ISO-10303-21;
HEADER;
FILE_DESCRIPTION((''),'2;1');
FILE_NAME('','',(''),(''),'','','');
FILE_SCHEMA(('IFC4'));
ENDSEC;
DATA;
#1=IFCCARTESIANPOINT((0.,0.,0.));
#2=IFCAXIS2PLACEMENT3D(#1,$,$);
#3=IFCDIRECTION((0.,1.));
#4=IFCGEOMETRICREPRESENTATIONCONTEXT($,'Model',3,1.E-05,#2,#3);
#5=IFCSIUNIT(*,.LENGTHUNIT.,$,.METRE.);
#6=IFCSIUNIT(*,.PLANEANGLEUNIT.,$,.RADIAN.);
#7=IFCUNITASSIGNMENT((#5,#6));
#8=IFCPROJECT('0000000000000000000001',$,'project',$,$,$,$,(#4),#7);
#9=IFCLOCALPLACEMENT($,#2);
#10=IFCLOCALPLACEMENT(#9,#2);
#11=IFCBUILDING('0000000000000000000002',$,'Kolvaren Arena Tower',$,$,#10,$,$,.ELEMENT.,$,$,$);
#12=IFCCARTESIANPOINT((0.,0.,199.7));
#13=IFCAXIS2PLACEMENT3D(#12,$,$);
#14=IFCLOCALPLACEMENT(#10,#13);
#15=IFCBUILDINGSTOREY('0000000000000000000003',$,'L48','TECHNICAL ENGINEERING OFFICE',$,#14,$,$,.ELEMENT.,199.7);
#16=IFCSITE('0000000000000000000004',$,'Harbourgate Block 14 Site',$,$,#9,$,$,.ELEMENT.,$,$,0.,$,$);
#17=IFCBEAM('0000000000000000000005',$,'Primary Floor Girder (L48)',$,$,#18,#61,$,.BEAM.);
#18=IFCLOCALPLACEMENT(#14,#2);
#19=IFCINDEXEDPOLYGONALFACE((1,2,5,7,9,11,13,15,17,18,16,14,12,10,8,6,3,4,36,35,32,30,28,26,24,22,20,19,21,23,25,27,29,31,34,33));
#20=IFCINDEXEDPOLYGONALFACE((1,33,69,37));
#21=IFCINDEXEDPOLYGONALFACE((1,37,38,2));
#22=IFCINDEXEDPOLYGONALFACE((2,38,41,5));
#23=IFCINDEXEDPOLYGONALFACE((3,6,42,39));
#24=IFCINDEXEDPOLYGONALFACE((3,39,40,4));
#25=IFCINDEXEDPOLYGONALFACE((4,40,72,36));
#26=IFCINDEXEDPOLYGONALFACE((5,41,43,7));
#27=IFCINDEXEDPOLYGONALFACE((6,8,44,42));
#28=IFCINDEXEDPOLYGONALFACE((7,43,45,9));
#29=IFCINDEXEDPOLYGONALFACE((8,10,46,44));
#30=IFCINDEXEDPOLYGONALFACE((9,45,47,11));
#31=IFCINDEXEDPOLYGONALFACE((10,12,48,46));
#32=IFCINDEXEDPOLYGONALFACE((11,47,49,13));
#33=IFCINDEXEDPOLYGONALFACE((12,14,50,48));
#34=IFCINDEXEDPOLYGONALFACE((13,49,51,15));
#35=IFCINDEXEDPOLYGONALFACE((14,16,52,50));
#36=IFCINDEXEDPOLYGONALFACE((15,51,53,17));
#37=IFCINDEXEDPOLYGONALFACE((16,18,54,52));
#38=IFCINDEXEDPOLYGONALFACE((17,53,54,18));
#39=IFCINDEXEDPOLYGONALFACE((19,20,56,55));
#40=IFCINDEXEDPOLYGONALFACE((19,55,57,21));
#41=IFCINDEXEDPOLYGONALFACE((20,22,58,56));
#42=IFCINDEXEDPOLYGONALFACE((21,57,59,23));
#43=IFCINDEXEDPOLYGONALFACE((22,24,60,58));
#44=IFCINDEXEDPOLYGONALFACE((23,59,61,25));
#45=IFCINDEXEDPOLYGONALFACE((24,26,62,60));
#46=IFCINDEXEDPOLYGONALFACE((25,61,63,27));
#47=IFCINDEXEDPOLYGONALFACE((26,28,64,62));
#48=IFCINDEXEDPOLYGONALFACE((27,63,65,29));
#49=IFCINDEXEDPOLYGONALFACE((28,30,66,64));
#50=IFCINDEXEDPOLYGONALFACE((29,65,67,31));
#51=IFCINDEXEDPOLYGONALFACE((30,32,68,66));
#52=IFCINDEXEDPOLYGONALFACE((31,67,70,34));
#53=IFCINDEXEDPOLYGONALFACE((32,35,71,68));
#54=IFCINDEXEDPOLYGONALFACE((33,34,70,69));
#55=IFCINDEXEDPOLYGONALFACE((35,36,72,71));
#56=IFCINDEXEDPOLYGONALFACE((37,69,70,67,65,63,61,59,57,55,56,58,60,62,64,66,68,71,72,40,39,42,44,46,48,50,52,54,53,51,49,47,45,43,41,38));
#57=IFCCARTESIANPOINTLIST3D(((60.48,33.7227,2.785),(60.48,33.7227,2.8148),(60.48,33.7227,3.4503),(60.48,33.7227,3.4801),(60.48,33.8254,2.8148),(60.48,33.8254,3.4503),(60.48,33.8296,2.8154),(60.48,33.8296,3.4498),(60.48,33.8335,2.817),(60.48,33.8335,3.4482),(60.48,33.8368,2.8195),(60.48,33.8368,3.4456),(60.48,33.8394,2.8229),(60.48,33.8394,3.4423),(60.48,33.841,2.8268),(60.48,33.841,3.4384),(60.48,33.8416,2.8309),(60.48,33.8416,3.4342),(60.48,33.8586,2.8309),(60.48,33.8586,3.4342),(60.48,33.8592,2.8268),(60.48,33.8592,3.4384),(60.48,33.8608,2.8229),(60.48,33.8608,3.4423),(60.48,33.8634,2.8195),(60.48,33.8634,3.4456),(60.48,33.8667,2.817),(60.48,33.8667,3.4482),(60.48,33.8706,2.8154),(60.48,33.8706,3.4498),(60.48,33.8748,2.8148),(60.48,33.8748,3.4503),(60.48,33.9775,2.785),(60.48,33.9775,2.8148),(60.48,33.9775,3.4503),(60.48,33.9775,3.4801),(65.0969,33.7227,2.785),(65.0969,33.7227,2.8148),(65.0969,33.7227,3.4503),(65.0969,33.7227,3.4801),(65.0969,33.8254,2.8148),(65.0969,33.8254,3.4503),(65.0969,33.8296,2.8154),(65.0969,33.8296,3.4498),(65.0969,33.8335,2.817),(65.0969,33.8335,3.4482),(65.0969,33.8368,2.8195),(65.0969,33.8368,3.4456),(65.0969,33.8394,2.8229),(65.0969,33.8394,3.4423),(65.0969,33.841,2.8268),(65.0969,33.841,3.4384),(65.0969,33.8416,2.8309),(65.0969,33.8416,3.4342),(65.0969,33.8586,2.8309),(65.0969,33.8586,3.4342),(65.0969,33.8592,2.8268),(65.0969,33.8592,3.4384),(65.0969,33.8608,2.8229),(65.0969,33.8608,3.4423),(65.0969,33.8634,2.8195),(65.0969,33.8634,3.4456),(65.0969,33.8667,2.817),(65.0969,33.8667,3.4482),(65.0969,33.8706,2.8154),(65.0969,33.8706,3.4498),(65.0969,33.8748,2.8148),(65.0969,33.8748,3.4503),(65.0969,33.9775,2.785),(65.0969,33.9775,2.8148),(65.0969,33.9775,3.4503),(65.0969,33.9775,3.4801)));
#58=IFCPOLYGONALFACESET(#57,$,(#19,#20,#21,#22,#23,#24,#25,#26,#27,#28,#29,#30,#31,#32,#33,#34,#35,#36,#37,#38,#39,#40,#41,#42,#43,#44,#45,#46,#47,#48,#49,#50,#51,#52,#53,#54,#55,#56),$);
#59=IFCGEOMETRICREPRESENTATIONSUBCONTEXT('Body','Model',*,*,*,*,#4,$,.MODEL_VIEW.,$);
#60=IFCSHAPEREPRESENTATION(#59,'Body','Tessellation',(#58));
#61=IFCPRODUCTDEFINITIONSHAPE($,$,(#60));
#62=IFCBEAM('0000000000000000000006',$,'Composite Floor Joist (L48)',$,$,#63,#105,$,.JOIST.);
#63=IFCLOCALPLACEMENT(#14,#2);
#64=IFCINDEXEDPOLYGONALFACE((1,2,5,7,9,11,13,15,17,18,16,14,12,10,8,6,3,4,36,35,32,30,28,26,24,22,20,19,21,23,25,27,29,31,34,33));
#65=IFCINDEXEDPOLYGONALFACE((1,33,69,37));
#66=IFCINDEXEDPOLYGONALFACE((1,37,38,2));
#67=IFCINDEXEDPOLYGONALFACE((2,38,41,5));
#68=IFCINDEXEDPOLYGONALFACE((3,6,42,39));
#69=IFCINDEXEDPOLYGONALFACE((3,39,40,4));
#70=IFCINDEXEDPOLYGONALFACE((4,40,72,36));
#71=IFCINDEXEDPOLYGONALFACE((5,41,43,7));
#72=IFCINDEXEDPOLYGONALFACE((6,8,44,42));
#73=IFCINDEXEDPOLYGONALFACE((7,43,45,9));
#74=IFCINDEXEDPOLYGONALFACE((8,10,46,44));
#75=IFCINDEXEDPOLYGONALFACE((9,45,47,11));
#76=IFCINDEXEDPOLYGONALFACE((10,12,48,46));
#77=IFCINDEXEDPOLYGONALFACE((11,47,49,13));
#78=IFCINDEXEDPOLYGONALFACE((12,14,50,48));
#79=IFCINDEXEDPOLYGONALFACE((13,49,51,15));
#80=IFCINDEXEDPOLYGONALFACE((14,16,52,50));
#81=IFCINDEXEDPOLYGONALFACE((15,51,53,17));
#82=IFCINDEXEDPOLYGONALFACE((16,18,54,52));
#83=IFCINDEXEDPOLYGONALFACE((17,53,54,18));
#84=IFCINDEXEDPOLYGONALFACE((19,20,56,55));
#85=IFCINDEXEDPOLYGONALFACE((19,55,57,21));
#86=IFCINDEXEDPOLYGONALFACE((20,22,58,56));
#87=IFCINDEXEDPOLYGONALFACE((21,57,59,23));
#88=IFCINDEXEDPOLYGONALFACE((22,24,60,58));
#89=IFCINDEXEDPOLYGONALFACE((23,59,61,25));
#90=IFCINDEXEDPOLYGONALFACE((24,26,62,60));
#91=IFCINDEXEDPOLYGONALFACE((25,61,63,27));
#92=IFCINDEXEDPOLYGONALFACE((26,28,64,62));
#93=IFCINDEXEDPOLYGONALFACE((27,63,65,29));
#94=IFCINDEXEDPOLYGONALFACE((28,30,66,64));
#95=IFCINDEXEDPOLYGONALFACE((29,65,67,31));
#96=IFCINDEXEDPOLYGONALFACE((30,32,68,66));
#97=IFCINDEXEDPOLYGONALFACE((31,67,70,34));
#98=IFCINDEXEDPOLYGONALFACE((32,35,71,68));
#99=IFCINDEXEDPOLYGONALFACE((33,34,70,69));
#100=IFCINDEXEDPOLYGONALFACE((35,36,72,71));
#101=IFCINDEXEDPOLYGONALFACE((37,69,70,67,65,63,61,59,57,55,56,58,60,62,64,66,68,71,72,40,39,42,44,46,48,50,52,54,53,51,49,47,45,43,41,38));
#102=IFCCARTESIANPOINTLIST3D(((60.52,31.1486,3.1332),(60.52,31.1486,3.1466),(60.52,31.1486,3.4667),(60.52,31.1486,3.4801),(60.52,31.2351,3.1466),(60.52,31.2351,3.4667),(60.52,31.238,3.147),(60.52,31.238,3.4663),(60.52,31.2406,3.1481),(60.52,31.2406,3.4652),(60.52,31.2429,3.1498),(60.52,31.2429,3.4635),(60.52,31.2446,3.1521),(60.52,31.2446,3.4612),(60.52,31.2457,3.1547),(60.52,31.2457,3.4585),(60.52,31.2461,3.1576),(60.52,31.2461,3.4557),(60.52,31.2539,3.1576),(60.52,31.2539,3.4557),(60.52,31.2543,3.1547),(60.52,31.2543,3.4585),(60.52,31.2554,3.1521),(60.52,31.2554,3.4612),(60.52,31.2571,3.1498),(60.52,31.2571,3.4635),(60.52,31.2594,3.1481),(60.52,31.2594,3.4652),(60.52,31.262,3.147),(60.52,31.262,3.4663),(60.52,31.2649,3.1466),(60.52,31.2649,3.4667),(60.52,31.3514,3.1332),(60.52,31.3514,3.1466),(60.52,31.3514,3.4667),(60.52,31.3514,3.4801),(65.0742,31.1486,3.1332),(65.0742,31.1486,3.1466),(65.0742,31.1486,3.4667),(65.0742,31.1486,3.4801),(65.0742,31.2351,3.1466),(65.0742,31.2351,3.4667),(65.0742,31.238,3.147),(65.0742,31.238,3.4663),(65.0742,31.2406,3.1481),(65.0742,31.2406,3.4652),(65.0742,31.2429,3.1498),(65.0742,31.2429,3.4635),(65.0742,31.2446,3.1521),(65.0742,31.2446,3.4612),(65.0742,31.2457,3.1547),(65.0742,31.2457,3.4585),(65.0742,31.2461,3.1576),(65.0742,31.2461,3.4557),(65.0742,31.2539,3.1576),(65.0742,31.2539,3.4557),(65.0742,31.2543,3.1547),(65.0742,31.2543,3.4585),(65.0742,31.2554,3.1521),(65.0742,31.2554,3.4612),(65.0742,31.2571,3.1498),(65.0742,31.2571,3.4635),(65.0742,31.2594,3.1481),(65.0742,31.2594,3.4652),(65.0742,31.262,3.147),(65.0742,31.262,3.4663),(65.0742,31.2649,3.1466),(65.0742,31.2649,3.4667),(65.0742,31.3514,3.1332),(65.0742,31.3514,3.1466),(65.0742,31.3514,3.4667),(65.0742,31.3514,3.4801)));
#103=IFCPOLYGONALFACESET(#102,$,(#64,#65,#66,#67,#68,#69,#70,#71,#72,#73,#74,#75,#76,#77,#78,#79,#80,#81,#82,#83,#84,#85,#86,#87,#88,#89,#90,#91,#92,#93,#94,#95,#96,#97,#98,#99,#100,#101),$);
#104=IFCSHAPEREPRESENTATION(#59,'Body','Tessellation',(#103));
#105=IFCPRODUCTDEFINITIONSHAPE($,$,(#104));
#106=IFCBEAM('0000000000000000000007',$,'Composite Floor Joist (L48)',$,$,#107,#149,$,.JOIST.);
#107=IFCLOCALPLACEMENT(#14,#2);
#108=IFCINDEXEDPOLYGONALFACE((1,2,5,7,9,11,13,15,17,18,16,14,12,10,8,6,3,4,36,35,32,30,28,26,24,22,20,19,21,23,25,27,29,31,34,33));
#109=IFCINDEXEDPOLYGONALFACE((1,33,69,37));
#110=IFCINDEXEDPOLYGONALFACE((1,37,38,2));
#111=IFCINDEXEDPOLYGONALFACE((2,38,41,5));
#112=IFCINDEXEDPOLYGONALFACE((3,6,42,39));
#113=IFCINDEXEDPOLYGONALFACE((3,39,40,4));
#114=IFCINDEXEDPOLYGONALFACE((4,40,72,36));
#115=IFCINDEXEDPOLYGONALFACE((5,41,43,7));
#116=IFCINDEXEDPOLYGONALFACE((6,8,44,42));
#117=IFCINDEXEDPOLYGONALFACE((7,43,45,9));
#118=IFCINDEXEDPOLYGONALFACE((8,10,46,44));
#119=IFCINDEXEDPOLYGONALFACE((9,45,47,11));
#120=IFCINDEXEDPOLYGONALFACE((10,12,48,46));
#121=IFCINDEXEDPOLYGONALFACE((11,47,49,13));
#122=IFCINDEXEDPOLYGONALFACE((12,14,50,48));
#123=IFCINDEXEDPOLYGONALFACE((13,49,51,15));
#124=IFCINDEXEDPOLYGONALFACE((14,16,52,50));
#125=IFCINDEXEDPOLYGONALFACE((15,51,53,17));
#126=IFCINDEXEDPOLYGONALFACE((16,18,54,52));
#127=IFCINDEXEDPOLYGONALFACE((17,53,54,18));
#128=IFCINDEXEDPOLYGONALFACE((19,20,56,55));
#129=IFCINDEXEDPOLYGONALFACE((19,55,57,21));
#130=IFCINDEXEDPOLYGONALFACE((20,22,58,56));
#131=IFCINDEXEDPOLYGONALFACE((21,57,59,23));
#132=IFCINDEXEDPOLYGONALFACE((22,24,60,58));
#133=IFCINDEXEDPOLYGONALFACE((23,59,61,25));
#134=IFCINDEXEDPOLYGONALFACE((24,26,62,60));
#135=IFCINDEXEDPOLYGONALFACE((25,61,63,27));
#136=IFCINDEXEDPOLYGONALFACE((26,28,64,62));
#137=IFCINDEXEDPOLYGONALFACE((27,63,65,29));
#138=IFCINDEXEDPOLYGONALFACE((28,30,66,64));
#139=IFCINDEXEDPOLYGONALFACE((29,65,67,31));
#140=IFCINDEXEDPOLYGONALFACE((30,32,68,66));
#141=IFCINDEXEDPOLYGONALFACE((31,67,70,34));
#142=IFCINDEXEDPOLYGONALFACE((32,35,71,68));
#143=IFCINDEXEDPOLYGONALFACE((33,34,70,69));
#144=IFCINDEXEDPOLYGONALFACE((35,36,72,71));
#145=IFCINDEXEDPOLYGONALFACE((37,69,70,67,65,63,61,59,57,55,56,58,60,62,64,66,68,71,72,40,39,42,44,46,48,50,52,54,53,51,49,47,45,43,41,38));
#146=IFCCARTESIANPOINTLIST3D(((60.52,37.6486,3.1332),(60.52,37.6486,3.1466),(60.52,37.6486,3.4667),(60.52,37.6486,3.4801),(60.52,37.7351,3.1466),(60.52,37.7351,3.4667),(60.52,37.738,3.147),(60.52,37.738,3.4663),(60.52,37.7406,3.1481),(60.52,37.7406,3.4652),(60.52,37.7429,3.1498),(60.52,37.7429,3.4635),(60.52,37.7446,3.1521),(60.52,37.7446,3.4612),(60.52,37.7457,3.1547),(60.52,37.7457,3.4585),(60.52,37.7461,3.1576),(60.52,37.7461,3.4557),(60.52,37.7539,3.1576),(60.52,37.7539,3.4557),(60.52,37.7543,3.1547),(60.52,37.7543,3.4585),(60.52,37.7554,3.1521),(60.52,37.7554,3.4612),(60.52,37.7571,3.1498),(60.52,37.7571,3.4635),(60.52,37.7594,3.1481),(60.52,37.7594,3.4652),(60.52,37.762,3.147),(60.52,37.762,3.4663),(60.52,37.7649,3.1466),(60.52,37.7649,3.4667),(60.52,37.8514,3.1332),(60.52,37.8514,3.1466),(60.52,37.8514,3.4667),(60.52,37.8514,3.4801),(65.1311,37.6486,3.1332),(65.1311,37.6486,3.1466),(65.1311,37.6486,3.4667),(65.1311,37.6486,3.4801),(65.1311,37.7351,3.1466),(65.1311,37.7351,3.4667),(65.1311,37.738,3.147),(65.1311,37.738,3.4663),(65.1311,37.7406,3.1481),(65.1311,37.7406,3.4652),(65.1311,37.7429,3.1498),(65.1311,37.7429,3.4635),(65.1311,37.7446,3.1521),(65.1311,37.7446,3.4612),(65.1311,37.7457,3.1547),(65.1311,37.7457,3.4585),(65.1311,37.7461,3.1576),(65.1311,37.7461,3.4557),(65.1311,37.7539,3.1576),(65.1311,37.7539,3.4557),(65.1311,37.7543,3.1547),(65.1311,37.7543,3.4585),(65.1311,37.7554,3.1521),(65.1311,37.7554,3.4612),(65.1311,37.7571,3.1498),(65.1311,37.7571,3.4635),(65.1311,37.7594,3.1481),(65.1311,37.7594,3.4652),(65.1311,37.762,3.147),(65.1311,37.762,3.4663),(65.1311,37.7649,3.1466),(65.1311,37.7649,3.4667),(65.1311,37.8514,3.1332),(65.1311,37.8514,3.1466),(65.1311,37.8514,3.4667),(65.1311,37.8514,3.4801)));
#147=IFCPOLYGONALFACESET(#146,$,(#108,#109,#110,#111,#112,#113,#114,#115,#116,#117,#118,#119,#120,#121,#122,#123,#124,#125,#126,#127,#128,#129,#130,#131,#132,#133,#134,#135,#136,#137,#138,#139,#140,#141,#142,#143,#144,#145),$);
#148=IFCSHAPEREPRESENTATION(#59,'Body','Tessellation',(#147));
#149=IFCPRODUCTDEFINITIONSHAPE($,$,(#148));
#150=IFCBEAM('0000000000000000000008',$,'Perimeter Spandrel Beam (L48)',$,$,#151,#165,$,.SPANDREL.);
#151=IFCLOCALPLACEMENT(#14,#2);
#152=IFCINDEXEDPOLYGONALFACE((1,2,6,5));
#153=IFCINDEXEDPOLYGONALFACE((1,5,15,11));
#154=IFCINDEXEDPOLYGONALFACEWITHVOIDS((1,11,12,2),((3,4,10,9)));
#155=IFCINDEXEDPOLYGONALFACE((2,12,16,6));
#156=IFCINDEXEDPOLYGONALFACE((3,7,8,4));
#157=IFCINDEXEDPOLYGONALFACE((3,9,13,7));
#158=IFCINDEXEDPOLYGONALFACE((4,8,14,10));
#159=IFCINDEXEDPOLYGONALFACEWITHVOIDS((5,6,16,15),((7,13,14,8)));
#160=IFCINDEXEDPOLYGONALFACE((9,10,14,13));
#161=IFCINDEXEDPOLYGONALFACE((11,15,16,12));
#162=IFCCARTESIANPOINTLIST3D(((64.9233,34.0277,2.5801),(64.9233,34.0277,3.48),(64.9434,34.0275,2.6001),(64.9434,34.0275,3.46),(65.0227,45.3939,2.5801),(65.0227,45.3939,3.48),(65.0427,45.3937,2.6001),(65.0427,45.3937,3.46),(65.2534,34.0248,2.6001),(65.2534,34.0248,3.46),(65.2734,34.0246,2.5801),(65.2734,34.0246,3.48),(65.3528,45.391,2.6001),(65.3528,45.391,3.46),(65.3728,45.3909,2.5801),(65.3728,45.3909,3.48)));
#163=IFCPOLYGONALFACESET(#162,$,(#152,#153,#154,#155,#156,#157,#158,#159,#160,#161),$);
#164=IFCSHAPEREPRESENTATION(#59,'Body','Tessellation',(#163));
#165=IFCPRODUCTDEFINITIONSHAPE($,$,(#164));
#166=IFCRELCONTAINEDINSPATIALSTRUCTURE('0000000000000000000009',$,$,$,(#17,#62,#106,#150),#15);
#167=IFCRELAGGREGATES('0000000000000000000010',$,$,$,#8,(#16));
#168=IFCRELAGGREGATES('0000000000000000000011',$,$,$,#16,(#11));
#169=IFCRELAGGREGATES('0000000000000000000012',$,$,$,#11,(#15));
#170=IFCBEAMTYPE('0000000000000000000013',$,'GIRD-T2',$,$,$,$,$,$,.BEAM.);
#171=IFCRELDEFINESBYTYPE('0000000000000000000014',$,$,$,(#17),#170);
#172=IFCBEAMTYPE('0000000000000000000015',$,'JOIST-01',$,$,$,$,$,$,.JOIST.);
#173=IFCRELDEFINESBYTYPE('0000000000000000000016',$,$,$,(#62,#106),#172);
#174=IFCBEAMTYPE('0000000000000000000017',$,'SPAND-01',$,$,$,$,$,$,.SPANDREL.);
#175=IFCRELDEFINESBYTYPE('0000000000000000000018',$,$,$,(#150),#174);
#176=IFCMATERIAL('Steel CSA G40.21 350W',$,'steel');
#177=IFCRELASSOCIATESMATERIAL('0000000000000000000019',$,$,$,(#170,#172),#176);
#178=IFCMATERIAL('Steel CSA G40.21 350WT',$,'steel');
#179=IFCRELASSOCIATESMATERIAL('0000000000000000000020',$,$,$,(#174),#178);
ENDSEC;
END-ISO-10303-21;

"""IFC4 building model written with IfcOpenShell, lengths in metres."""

from ifc_helpers import new_model, si_unit, direction, frame, origin, origin_2d, place, context, subcontext, project, spatial, hollow_rectangle, i_section, extrude, material, material_profile, profile_set, type_object, element, save


model = new_model("IFC4")

# Units and contexts
model_context = context("Model", 3, precision=1e-05, world=origin(), true_north=direction((0.0, 1.0)))
body_context = subcontext(model_context, "Body", "Model", "MODEL_VIEW")
ifc_project = project(units=[si_unit("LENGTHUNIT", "METRE"), si_unit("PLANEANGLEUNIT", "RADIAN")], contexts=[model_context])

# Site, building, storey
site_placement = place(None, origin())
site = spatial("IfcSite", under=ifc_project, at=site_placement, Name="Harbourgate Block 14 Site", CompositionType="ELEMENT", RefElevation=0.0)
building_placement = place(site_placement, origin())
building = spatial("IfcBuilding", under=site, at=building_placement, Name="Kolvaren Arena Tower", CompositionType="ELEMENT")
storey_placement = place(building_placement, frame((0.0, 0.0, 199.7)))
storey = spatial("IfcBuildingStorey", under=building, at=storey_placement, Name="L48", Description="TECHNICAL ENGINEERING OFFICE", CompositionType="ELEMENT", Elevation=199.7)

# Beams
ifc_material_1 = material(Name="Steel CSA G40.21 350W", Category="steel")
ifc_material_profile_1 = material_profile(ifc_material_1, i_section(OverallWidth=0.2549, OverallDepth=0.6951, WebThickness=0.0171, FlangeThickness=0.0298, FilletRadius=0.0161, at=origin_2d()), Name="W690x217")
ifc_profile_set_1 = profile_set([ifc_material_profile_1], Name="Steel CSA G40.21 350W")
beam_type_1 = type_object("IfcBeamType", Name="GIRD-T2", PredefinedType="BEAM", material=ifc_profile_set_1)
beam_1_placement = place(storey_placement, frame((60.48, 33.8501, 3.1326), z_axis=(1.0, 0.0, 0.0), x_axis=(0.0, 1.0, 0.0)))
element("IfcBeam", 1, at=beam_1_placement, inside=storey, type_object=beam_type_1, Name="Primary Floor Girder (L48)", PredefinedType="BEAM", context=body_context, shape_type="SweptSolid", body=[
    extrude(i_section(OverallWidth=0.2549, OverallDepth=0.6951, WebThickness=0.0171, FlangeThickness=0.0298, FilletRadius=0.0161, at=origin_2d()), origin(), (0.0, 0.0, 1.0), 4.6169),
])
ifc_material_profile_2 = material_profile(ifc_material_1, i_section(OverallWidth=0.2029, OverallDepth=0.3469, WebThickness=0.0078, FlangeThickness=0.0134, FilletRadius=0.011, at=origin_2d()), Name="W360x64")
ifc_profile_set_2 = profile_set([ifc_material_profile_2], Name="Steel CSA G40.21 350W")
beam_type_2 = type_object("IfcBeamType", Name="JOIST-01", PredefinedType="JOIST", material=ifc_profile_set_2)
beam_2_placement = place(storey_placement, frame((60.52, 31.25, 3.3066), z_axis=(1.0, 0.0, 0.0), x_axis=(0.0, 1.0, 0.0)))
element("IfcBeam", 2, at=beam_2_placement, inside=storey, type_object=beam_type_2, Name="Composite Floor Joist (L48)", PredefinedType="JOIST", context=body_context, shape_type="SweptSolid", body=[
    extrude(i_section(OverallWidth=0.2029, OverallDepth=0.3469, WebThickness=0.0078, FlangeThickness=0.0134, FilletRadius=0.011, at=origin_2d()), origin(), (0.0, 0.0, 1.0), 4.5542),
])
beam_3_placement = place(storey_placement, frame((60.52, 37.75, 3.3066), z_axis=(1.0, 0.0, 0.0), x_axis=(0.0, 1.0, 0.0)))
element("IfcBeam", 3, at=beam_3_placement, inside=storey, type_object=beam_type_2, Name="Composite Floor Joist (L48)", PredefinedType="JOIST", context=body_context, shape_type="SweptSolid", body=[
    extrude(i_section(OverallWidth=0.2029, OverallDepth=0.3469, WebThickness=0.0078, FlangeThickness=0.0134, FilletRadius=0.011, at=origin_2d()), origin(), (0.0, 0.0, 1.0), 4.6111),
])
ifc_material_2 = material(Name="Steel CSA G40.21 350WT", Category="steel")
ifc_material_profile_3 = material_profile(ifc_material_2, hollow_rectangle(XDim=0.3501, YDim=0.8999, WallThickness=0.02, at=origin_2d()), Name="HSS 900x350x20")
ifc_profile_set_3 = profile_set([ifc_material_profile_3], Name="Steel CSA G40.21 350WT")
beam_type_3 = type_object("IfcBeamType", Name="SPAND-01", PredefinedType="SPANDREL", material=ifc_profile_set_3)
beam_4_placement = place(storey_placement, frame((65.0984, 34.0261, 3.03), z_axis=(0.008742, 0.999962, 0.0), x_axis=(-0.999962, 0.008742, 0.0)))
element("IfcBeam", 4, at=beam_4_placement, inside=storey, type_object=beam_type_3, Name="Perimeter Spandrel Beam (L48)", PredefinedType="SPANDREL", context=body_context, shape_type="SweptSolid", body=[
    extrude(hollow_rectangle(XDim=0.3501, YDim=0.8999, WallThickness=0.02, at=origin_2d()), origin(), (0.0, 0.0, 1.0), 11.3667),
])

save(model, "model.ifc")
